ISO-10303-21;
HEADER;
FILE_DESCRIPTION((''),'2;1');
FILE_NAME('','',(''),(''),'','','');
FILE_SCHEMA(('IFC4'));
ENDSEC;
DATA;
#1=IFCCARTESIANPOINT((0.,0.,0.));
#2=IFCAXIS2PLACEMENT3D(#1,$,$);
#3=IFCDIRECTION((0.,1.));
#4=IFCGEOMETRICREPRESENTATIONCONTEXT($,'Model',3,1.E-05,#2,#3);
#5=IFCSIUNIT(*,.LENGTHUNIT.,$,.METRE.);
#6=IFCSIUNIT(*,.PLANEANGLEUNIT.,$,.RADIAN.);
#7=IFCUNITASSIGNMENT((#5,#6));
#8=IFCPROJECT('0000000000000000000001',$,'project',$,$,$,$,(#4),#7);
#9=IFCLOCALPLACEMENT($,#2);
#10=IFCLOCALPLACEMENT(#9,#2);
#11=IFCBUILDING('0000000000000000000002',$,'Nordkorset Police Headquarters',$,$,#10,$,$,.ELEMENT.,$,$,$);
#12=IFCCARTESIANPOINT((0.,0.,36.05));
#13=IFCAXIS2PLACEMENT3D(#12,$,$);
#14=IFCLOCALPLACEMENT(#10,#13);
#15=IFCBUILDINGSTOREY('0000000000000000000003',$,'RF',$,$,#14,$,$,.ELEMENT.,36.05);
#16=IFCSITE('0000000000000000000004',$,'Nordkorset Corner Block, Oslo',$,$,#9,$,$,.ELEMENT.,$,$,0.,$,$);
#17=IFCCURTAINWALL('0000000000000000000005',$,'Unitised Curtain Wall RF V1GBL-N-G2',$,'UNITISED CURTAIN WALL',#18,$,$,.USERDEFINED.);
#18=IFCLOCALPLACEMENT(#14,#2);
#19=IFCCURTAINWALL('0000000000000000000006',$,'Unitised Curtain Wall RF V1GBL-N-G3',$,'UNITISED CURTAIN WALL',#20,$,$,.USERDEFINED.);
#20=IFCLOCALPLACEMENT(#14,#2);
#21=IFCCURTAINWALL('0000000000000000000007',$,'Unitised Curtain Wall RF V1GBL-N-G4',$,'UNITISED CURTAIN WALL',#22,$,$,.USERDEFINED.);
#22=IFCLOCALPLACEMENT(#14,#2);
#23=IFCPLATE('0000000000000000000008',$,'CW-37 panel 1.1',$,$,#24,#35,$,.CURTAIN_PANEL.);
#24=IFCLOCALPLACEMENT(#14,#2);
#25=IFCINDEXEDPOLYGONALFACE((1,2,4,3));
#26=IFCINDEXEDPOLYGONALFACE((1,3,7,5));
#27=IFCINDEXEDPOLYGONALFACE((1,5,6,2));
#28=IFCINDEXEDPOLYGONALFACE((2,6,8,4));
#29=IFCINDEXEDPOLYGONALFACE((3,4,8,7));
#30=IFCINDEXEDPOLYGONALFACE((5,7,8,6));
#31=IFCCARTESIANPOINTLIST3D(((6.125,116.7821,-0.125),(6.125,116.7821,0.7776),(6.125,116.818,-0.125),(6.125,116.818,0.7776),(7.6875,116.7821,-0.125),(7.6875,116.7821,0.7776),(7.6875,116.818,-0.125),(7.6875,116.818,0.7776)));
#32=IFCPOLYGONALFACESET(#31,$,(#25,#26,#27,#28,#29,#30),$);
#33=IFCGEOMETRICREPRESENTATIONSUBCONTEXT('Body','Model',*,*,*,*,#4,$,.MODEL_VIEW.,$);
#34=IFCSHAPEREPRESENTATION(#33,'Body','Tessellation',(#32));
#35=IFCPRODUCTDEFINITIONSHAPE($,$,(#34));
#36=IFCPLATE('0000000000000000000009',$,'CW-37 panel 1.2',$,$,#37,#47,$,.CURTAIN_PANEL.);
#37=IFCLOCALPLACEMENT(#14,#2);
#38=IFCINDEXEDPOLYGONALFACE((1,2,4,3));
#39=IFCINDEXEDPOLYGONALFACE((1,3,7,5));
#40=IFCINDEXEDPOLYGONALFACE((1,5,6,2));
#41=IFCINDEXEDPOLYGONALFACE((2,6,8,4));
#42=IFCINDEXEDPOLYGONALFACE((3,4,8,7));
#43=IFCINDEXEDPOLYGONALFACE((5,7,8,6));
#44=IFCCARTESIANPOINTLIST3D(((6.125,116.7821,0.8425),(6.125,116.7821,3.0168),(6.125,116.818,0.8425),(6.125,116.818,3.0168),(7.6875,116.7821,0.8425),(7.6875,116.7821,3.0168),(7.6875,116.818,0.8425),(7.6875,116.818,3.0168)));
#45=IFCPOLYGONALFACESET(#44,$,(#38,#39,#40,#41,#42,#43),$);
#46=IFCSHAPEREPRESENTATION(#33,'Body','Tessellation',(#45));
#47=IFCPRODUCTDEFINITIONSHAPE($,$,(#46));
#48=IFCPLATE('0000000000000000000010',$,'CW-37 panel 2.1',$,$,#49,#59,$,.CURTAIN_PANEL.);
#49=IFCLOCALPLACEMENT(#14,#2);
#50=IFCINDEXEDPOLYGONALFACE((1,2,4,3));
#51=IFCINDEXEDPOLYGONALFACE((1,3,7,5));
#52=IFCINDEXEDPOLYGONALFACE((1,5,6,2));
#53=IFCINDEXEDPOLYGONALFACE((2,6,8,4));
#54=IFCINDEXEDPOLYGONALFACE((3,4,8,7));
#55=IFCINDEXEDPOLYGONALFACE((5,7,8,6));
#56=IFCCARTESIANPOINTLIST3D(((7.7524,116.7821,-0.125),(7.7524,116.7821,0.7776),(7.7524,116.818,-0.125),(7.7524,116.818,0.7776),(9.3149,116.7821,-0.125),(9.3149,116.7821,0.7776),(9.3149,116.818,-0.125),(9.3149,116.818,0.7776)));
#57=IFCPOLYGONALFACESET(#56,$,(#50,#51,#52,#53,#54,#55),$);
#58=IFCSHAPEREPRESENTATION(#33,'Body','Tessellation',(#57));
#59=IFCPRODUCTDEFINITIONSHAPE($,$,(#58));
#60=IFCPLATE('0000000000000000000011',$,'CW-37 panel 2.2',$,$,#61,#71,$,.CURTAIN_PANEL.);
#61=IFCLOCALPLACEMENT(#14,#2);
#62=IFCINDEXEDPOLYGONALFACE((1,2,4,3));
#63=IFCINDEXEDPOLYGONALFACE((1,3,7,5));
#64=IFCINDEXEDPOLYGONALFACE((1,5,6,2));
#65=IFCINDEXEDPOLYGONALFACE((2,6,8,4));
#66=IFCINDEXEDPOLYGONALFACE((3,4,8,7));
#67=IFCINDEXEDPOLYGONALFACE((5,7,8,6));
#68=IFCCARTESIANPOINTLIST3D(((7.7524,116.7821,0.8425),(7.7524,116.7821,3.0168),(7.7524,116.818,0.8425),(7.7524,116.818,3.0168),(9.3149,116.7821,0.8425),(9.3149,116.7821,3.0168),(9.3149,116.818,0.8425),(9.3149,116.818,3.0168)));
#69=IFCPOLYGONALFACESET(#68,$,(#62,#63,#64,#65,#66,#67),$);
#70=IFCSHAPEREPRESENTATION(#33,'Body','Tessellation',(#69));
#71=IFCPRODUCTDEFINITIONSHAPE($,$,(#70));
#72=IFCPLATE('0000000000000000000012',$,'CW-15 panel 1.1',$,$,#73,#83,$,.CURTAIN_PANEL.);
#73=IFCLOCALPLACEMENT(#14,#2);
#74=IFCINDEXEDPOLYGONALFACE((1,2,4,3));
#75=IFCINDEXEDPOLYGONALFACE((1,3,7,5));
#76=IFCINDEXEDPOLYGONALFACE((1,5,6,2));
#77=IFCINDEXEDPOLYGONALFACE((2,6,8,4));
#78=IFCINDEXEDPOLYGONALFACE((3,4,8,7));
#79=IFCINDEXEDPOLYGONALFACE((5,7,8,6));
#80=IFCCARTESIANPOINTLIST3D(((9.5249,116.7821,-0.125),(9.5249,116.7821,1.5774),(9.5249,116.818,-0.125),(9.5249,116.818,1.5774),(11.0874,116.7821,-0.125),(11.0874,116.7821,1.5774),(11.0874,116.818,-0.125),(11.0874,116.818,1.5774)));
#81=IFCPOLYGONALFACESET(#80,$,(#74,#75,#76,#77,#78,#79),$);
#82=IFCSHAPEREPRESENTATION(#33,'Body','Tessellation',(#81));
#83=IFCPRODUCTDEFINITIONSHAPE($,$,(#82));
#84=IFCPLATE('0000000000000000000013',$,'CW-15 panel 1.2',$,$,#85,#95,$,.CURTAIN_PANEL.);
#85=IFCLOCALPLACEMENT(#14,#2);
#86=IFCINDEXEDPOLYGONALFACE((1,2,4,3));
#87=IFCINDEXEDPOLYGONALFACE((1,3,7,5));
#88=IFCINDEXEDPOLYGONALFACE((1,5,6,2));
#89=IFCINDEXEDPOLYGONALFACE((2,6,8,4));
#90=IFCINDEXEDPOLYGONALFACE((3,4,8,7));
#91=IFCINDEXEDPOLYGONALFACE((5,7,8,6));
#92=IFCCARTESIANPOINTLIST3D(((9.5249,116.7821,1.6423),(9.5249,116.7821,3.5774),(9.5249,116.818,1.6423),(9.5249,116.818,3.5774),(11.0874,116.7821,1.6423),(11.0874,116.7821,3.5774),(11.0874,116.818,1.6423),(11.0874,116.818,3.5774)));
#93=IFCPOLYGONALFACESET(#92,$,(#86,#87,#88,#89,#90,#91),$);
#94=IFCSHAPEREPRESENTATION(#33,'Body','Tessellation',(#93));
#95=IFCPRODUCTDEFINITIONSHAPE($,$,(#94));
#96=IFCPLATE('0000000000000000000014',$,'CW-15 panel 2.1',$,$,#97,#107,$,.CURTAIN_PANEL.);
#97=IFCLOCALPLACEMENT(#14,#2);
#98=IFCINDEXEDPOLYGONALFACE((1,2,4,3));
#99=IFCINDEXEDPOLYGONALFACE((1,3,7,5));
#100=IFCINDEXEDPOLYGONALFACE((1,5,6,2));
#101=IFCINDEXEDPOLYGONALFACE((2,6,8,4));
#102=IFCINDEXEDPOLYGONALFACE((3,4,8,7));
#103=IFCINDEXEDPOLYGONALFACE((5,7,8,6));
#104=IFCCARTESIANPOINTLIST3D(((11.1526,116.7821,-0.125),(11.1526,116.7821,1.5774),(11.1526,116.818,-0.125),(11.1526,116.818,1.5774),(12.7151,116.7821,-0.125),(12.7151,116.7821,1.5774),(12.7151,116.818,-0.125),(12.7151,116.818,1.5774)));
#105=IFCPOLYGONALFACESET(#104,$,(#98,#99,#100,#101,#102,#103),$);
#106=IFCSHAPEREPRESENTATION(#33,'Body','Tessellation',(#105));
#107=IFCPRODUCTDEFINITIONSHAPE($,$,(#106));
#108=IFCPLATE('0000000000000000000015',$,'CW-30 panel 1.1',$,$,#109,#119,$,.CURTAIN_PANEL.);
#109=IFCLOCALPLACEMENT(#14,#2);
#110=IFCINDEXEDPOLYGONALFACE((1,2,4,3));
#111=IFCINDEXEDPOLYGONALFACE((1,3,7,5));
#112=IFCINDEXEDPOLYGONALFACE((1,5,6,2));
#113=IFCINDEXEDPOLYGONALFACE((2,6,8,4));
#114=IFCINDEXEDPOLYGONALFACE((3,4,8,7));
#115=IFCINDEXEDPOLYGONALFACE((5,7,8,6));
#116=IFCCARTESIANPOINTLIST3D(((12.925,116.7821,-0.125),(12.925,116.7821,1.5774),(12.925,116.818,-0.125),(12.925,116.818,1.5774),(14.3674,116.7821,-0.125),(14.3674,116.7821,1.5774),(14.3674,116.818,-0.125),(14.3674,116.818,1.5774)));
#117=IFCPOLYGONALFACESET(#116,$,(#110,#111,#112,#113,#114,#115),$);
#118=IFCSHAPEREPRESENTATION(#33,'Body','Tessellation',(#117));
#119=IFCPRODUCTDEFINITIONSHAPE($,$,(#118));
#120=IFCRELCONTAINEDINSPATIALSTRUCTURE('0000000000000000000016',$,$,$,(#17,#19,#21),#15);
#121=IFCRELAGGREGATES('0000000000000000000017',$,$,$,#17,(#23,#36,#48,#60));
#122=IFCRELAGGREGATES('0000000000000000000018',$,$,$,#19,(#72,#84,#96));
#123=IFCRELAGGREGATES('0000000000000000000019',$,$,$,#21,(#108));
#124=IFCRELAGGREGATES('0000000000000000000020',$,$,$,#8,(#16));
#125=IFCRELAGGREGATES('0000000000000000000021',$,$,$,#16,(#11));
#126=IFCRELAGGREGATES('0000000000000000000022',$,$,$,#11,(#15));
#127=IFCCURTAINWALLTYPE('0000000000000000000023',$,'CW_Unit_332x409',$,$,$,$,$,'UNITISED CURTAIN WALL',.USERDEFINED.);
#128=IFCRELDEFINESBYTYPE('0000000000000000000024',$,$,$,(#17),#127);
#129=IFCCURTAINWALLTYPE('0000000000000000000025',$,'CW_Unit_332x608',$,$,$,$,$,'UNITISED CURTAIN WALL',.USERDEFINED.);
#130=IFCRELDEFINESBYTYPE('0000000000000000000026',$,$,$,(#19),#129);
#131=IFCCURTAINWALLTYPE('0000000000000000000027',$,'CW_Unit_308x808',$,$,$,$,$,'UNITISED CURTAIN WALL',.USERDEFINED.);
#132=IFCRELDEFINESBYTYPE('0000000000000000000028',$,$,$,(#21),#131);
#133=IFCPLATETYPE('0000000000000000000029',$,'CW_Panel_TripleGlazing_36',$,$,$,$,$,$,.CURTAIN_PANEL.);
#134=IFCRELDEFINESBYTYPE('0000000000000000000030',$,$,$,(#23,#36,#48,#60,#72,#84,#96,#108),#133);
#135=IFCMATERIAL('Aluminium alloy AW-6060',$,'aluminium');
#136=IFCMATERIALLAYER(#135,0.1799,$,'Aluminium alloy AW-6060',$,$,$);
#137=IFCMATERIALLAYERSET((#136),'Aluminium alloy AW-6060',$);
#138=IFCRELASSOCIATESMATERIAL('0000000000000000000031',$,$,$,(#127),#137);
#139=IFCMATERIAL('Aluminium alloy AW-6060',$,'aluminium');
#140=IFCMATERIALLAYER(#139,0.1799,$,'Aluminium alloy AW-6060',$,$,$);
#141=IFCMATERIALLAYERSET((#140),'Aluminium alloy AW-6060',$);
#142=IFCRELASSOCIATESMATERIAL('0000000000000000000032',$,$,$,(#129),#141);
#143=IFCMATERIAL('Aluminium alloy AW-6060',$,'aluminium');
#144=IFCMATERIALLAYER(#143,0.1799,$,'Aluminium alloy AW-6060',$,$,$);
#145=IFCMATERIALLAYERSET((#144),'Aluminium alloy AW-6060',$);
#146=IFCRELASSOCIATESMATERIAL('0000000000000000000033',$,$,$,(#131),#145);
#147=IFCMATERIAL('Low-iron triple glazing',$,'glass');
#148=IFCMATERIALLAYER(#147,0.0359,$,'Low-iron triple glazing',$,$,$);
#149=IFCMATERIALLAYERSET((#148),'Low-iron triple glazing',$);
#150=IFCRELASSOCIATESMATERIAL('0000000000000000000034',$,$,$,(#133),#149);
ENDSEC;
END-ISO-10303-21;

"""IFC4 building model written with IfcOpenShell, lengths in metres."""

from ifc_helpers import new_model, si_unit, direction, frame, origin, origin_2d, place, context, subcontext, project, spatial, rectangle, extrude, material, layer, layer_set, type_object, element, aggregate, save


model = new_model("IFC4")

# Units and contexts
model_context = context("Model", 3, precision=1e-05, world=origin(), true_north=direction((0.0, 1.0)))
body_context = subcontext(model_context, "Body", "Model", "MODEL_VIEW")
ifc_project = project(units=[si_unit("LENGTHUNIT", "METRE"), si_unit("PLANEANGLEUNIT", "RADIAN")], contexts=[model_context])

# Site, building, storey
site_placement = place(None, origin())
site = spatial("IfcSite", under=ifc_project, at=site_placement, Name="Nordkorset Corner Block, Oslo", CompositionType="ELEMENT", RefElevation=0.0)
building_placement = place(site_placement, origin())
building = spatial("IfcBuilding", under=site, at=building_placement, Name="Nordkorset Police Headquarters", CompositionType="ELEMENT")
storey_placement = place(building_placement, frame((0.0, 0.0, 36.05)))
storey = spatial("IfcBuildingStorey", under=building, at=storey_placement, Name="RF", CompositionType="ELEMENT", Elevation=36.05)

# Curtain walls
ifc_material_1 = material(Name="Aluminium alloy AW-6060", Category="aluminium")
ifc_layer_1 = layer(ifc_material_1, 0.1799, Name="Aluminium alloy AW-6060")
ifc_layer_set_1 = layer_set([ifc_layer_1], Name="Aluminium alloy AW-6060")
curtain_wall_type_1 = type_object("IfcCurtainWallType", Name="CW_Unit_332x409", ElementType="UNITISED CURTAIN WALL", PredefinedType="USERDEFINED", material=ifc_layer_set_1)
curtain_wall_1_placement = place(storey_placement, origin())
curtain_wall_1 = element("IfcCurtainWall", 1, at=curtain_wall_1_placement, inside=storey, type_object=curtain_wall_type_1, Name="Unitised Curtain Wall RF V1GBL-N-G2", ObjectType="UNITISED CURTAIN WALL", PredefinedType="USERDEFINED")
ifc_material_2 = material(Name="Aluminium alloy AW-6060", Category="aluminium")
ifc_layer_2 = layer(ifc_material_2, 0.1799, Name="Aluminium alloy AW-6060")
ifc_layer_set_2 = layer_set([ifc_layer_2], Name="Aluminium alloy AW-6060")
curtain_wall_type_2 = type_object("IfcCurtainWallType", Name="CW_Unit_332x608", ElementType="UNITISED CURTAIN WALL", PredefinedType="USERDEFINED", material=ifc_layer_set_2)
curtain_wall_2_placement = place(storey_placement, origin())
curtain_wall_2 = element("IfcCurtainWall", 2, at=curtain_wall_2_placement, inside=storey, type_object=curtain_wall_type_2, Name="Unitised Curtain Wall RF V1GBL-N-G3", ObjectType="UNITISED CURTAIN WALL", PredefinedType="USERDEFINED")

# Curtain wall
ifc_material_3 = material(Name="Aluminium alloy AW-6060", Category="aluminium")
ifc_layer_3 = layer(ifc_material_3, 0.1799, Name="Aluminium alloy AW-6060")
ifc_layer_set_3 = layer_set([ifc_layer_3], Name="Aluminium alloy AW-6060")
curtain_wall_type_3 = type_object("IfcCurtainWallType", Name="CW_Unit_308x808", ElementType="UNITISED CURTAIN WALL", PredefinedType="USERDEFINED", material=ifc_layer_set_3)
curtain_wall_3_placement = place(storey_placement, origin())
curtain_wall_3 = element("IfcCurtainWall", 3, at=curtain_wall_3_placement, inside=storey, type_object=curtain_wall_type_3, Name="Unitised Curtain Wall RF V1GBL-N-G4", ObjectType="UNITISED CURTAIN WALL", PredefinedType="USERDEFINED")

# Plates
ifc_material_4 = material(Name="Low-iron triple glazing", Category="glass")
ifc_layer_4 = layer(ifc_material_4, 0.0359, Name="Low-iron triple glazing")
ifc_layer_set_4 = layer_set([ifc_layer_4], Name="Low-iron triple glazing")
plate_type = type_object("IfcPlateType", Name="CW_Panel_TripleGlazing_36", PredefinedType="CURTAIN_PANEL", material=ifc_layer_set_4)
plate_1_placement = place(storey_placement, frame((6.9062, 116.8, -0.125), z_axis=(0.0, 0.0, 1.0), x_axis=(1.0, 0.0, 0.0)))
plate_1 = element("IfcPlate", 4, at=plate_1_placement, type_object=plate_type, Name="CW-37 panel 1.1", PredefinedType="CURTAIN_PANEL", context=body_context, shape_type="SweptSolid", body=[
    extrude(rectangle(XDim=1.5625, YDim=0.0359, at=origin_2d()), origin(), (0.0, 0.0, 1.0), 0.9026),
])
plate_2_placement = place(storey_placement, frame((6.9062, 116.8, 0.8425), z_axis=(0.0, 0.0, 1.0), x_axis=(1.0, 0.0, 0.0)))
plate_2 = element("IfcPlate", 5, at=plate_2_placement, type_object=plate_type, Name="CW-37 panel 1.2", PredefinedType="CURTAIN_PANEL", context=body_context, shape_type="SweptSolid", body=[
    extrude(rectangle(XDim=1.5625, YDim=0.0359, at=origin_2d()), origin(), (0.0, 0.0, 1.0), 2.1743),
])
plate_3_placement = place(storey_placement, frame((8.5337, 116.8, -0.125), z_axis=(0.0, 0.0, 1.0), x_axis=(1.0, 0.0, 0.0)))
plate_3 = element("IfcPlate", 6, at=plate_3_placement, type_object=plate_type, Name="CW-37 panel 2.1", PredefinedType="CURTAIN_PANEL", context=body_context, shape_type="SweptSolid", body=[
    extrude(rectangle(XDim=1.5625, YDim=0.0359, at=origin_2d()), origin(), (0.0, 0.0, 1.0), 0.9026),
])
plate_4_placement = place(storey_placement, frame((8.5337, 116.8, 0.8425), z_axis=(0.0, 0.0, 1.0), x_axis=(1.0, 0.0, 0.0)))
plate_4 = element("IfcPlate", 7, at=plate_4_placement, type_object=plate_type, Name="CW-37 panel 2.2", PredefinedType="CURTAIN_PANEL", context=body_context, shape_type="SweptSolid", body=[
    extrude(rectangle(XDim=1.5625, YDim=0.0359, at=origin_2d()), origin(), (0.0, 0.0, 1.0), 2.1743),
])
aggregate(curtain_wall_1, [plate_1, plate_2, plate_3, plate_4])
plate_5_placement = place(storey_placement, frame((10.3062, 116.8, -0.125), z_axis=(0.0, 0.0, 1.0), x_axis=(1.0, 0.0, 0.0)))
plate_5 = element("IfcPlate", 8, at=plate_5_placement, type_object=plate_type, Name="CW-15 panel 1.1", PredefinedType="CURTAIN_PANEL", context=body_context, shape_type="SweptSolid", body=[
    extrude(rectangle(XDim=1.5625, YDim=0.0359, at=origin_2d()), origin(), (0.0, 0.0, 1.0), 1.7024),
])
plate_6_placement = place(storey_placement, frame((10.3062, 116.8, 1.6423), z_axis=(0.0, 0.0, 1.0), x_axis=(1.0, 0.0, 0.0)))
plate_6 = element("IfcPlate", 9, at=plate_6_placement, type_object=plate_type, Name="CW-15 panel 1.2", PredefinedType="CURTAIN_PANEL", context=body_context, shape_type="SweptSolid", body=[
    extrude(rectangle(XDim=1.5625, YDim=0.0359, at=origin_2d()), origin(), (0.0, 0.0, 1.0), 1.9351),
])
plate_7_placement = place(storey_placement, frame((11.9338, 116.8, -0.125), z_axis=(0.0, 0.0, 1.0), x_axis=(1.0, 0.0, 0.0)))
plate_7 = element("IfcPlate", 10, at=plate_7_placement, type_object=plate_type, Name="CW-15 panel 2.1", PredefinedType="CURTAIN_PANEL", context=body_context, shape_type="SweptSolid", body=[
    extrude(rectangle(XDim=1.5625, YDim=0.0359, at=origin_2d()), origin(), (0.0, 0.0, 1.0), 1.7024),
])
aggregate(curtain_wall_2, [plate_5, plate_6, plate_7])
plate_8_placement = place(storey_placement, frame((13.6462, 116.8, -0.125), z_axis=(0.0, 0.0, 1.0), x_axis=(1.0, 0.0, 0.0)))
plate_8 = element("IfcPlate", 11, at=plate_8_placement, type_object=plate_type, Name="CW-30 panel 1.1", PredefinedType="CURTAIN_PANEL", context=body_context, shape_type="SweptSolid", body=[
    extrude(rectangle(XDim=1.4424, YDim=0.0359, at=origin_2d()), origin(), (0.0, 0.0, 1.0), 1.7024),
])
aggregate(curtain_wall_3, [plate_8])

save(model, "model.ifc")
